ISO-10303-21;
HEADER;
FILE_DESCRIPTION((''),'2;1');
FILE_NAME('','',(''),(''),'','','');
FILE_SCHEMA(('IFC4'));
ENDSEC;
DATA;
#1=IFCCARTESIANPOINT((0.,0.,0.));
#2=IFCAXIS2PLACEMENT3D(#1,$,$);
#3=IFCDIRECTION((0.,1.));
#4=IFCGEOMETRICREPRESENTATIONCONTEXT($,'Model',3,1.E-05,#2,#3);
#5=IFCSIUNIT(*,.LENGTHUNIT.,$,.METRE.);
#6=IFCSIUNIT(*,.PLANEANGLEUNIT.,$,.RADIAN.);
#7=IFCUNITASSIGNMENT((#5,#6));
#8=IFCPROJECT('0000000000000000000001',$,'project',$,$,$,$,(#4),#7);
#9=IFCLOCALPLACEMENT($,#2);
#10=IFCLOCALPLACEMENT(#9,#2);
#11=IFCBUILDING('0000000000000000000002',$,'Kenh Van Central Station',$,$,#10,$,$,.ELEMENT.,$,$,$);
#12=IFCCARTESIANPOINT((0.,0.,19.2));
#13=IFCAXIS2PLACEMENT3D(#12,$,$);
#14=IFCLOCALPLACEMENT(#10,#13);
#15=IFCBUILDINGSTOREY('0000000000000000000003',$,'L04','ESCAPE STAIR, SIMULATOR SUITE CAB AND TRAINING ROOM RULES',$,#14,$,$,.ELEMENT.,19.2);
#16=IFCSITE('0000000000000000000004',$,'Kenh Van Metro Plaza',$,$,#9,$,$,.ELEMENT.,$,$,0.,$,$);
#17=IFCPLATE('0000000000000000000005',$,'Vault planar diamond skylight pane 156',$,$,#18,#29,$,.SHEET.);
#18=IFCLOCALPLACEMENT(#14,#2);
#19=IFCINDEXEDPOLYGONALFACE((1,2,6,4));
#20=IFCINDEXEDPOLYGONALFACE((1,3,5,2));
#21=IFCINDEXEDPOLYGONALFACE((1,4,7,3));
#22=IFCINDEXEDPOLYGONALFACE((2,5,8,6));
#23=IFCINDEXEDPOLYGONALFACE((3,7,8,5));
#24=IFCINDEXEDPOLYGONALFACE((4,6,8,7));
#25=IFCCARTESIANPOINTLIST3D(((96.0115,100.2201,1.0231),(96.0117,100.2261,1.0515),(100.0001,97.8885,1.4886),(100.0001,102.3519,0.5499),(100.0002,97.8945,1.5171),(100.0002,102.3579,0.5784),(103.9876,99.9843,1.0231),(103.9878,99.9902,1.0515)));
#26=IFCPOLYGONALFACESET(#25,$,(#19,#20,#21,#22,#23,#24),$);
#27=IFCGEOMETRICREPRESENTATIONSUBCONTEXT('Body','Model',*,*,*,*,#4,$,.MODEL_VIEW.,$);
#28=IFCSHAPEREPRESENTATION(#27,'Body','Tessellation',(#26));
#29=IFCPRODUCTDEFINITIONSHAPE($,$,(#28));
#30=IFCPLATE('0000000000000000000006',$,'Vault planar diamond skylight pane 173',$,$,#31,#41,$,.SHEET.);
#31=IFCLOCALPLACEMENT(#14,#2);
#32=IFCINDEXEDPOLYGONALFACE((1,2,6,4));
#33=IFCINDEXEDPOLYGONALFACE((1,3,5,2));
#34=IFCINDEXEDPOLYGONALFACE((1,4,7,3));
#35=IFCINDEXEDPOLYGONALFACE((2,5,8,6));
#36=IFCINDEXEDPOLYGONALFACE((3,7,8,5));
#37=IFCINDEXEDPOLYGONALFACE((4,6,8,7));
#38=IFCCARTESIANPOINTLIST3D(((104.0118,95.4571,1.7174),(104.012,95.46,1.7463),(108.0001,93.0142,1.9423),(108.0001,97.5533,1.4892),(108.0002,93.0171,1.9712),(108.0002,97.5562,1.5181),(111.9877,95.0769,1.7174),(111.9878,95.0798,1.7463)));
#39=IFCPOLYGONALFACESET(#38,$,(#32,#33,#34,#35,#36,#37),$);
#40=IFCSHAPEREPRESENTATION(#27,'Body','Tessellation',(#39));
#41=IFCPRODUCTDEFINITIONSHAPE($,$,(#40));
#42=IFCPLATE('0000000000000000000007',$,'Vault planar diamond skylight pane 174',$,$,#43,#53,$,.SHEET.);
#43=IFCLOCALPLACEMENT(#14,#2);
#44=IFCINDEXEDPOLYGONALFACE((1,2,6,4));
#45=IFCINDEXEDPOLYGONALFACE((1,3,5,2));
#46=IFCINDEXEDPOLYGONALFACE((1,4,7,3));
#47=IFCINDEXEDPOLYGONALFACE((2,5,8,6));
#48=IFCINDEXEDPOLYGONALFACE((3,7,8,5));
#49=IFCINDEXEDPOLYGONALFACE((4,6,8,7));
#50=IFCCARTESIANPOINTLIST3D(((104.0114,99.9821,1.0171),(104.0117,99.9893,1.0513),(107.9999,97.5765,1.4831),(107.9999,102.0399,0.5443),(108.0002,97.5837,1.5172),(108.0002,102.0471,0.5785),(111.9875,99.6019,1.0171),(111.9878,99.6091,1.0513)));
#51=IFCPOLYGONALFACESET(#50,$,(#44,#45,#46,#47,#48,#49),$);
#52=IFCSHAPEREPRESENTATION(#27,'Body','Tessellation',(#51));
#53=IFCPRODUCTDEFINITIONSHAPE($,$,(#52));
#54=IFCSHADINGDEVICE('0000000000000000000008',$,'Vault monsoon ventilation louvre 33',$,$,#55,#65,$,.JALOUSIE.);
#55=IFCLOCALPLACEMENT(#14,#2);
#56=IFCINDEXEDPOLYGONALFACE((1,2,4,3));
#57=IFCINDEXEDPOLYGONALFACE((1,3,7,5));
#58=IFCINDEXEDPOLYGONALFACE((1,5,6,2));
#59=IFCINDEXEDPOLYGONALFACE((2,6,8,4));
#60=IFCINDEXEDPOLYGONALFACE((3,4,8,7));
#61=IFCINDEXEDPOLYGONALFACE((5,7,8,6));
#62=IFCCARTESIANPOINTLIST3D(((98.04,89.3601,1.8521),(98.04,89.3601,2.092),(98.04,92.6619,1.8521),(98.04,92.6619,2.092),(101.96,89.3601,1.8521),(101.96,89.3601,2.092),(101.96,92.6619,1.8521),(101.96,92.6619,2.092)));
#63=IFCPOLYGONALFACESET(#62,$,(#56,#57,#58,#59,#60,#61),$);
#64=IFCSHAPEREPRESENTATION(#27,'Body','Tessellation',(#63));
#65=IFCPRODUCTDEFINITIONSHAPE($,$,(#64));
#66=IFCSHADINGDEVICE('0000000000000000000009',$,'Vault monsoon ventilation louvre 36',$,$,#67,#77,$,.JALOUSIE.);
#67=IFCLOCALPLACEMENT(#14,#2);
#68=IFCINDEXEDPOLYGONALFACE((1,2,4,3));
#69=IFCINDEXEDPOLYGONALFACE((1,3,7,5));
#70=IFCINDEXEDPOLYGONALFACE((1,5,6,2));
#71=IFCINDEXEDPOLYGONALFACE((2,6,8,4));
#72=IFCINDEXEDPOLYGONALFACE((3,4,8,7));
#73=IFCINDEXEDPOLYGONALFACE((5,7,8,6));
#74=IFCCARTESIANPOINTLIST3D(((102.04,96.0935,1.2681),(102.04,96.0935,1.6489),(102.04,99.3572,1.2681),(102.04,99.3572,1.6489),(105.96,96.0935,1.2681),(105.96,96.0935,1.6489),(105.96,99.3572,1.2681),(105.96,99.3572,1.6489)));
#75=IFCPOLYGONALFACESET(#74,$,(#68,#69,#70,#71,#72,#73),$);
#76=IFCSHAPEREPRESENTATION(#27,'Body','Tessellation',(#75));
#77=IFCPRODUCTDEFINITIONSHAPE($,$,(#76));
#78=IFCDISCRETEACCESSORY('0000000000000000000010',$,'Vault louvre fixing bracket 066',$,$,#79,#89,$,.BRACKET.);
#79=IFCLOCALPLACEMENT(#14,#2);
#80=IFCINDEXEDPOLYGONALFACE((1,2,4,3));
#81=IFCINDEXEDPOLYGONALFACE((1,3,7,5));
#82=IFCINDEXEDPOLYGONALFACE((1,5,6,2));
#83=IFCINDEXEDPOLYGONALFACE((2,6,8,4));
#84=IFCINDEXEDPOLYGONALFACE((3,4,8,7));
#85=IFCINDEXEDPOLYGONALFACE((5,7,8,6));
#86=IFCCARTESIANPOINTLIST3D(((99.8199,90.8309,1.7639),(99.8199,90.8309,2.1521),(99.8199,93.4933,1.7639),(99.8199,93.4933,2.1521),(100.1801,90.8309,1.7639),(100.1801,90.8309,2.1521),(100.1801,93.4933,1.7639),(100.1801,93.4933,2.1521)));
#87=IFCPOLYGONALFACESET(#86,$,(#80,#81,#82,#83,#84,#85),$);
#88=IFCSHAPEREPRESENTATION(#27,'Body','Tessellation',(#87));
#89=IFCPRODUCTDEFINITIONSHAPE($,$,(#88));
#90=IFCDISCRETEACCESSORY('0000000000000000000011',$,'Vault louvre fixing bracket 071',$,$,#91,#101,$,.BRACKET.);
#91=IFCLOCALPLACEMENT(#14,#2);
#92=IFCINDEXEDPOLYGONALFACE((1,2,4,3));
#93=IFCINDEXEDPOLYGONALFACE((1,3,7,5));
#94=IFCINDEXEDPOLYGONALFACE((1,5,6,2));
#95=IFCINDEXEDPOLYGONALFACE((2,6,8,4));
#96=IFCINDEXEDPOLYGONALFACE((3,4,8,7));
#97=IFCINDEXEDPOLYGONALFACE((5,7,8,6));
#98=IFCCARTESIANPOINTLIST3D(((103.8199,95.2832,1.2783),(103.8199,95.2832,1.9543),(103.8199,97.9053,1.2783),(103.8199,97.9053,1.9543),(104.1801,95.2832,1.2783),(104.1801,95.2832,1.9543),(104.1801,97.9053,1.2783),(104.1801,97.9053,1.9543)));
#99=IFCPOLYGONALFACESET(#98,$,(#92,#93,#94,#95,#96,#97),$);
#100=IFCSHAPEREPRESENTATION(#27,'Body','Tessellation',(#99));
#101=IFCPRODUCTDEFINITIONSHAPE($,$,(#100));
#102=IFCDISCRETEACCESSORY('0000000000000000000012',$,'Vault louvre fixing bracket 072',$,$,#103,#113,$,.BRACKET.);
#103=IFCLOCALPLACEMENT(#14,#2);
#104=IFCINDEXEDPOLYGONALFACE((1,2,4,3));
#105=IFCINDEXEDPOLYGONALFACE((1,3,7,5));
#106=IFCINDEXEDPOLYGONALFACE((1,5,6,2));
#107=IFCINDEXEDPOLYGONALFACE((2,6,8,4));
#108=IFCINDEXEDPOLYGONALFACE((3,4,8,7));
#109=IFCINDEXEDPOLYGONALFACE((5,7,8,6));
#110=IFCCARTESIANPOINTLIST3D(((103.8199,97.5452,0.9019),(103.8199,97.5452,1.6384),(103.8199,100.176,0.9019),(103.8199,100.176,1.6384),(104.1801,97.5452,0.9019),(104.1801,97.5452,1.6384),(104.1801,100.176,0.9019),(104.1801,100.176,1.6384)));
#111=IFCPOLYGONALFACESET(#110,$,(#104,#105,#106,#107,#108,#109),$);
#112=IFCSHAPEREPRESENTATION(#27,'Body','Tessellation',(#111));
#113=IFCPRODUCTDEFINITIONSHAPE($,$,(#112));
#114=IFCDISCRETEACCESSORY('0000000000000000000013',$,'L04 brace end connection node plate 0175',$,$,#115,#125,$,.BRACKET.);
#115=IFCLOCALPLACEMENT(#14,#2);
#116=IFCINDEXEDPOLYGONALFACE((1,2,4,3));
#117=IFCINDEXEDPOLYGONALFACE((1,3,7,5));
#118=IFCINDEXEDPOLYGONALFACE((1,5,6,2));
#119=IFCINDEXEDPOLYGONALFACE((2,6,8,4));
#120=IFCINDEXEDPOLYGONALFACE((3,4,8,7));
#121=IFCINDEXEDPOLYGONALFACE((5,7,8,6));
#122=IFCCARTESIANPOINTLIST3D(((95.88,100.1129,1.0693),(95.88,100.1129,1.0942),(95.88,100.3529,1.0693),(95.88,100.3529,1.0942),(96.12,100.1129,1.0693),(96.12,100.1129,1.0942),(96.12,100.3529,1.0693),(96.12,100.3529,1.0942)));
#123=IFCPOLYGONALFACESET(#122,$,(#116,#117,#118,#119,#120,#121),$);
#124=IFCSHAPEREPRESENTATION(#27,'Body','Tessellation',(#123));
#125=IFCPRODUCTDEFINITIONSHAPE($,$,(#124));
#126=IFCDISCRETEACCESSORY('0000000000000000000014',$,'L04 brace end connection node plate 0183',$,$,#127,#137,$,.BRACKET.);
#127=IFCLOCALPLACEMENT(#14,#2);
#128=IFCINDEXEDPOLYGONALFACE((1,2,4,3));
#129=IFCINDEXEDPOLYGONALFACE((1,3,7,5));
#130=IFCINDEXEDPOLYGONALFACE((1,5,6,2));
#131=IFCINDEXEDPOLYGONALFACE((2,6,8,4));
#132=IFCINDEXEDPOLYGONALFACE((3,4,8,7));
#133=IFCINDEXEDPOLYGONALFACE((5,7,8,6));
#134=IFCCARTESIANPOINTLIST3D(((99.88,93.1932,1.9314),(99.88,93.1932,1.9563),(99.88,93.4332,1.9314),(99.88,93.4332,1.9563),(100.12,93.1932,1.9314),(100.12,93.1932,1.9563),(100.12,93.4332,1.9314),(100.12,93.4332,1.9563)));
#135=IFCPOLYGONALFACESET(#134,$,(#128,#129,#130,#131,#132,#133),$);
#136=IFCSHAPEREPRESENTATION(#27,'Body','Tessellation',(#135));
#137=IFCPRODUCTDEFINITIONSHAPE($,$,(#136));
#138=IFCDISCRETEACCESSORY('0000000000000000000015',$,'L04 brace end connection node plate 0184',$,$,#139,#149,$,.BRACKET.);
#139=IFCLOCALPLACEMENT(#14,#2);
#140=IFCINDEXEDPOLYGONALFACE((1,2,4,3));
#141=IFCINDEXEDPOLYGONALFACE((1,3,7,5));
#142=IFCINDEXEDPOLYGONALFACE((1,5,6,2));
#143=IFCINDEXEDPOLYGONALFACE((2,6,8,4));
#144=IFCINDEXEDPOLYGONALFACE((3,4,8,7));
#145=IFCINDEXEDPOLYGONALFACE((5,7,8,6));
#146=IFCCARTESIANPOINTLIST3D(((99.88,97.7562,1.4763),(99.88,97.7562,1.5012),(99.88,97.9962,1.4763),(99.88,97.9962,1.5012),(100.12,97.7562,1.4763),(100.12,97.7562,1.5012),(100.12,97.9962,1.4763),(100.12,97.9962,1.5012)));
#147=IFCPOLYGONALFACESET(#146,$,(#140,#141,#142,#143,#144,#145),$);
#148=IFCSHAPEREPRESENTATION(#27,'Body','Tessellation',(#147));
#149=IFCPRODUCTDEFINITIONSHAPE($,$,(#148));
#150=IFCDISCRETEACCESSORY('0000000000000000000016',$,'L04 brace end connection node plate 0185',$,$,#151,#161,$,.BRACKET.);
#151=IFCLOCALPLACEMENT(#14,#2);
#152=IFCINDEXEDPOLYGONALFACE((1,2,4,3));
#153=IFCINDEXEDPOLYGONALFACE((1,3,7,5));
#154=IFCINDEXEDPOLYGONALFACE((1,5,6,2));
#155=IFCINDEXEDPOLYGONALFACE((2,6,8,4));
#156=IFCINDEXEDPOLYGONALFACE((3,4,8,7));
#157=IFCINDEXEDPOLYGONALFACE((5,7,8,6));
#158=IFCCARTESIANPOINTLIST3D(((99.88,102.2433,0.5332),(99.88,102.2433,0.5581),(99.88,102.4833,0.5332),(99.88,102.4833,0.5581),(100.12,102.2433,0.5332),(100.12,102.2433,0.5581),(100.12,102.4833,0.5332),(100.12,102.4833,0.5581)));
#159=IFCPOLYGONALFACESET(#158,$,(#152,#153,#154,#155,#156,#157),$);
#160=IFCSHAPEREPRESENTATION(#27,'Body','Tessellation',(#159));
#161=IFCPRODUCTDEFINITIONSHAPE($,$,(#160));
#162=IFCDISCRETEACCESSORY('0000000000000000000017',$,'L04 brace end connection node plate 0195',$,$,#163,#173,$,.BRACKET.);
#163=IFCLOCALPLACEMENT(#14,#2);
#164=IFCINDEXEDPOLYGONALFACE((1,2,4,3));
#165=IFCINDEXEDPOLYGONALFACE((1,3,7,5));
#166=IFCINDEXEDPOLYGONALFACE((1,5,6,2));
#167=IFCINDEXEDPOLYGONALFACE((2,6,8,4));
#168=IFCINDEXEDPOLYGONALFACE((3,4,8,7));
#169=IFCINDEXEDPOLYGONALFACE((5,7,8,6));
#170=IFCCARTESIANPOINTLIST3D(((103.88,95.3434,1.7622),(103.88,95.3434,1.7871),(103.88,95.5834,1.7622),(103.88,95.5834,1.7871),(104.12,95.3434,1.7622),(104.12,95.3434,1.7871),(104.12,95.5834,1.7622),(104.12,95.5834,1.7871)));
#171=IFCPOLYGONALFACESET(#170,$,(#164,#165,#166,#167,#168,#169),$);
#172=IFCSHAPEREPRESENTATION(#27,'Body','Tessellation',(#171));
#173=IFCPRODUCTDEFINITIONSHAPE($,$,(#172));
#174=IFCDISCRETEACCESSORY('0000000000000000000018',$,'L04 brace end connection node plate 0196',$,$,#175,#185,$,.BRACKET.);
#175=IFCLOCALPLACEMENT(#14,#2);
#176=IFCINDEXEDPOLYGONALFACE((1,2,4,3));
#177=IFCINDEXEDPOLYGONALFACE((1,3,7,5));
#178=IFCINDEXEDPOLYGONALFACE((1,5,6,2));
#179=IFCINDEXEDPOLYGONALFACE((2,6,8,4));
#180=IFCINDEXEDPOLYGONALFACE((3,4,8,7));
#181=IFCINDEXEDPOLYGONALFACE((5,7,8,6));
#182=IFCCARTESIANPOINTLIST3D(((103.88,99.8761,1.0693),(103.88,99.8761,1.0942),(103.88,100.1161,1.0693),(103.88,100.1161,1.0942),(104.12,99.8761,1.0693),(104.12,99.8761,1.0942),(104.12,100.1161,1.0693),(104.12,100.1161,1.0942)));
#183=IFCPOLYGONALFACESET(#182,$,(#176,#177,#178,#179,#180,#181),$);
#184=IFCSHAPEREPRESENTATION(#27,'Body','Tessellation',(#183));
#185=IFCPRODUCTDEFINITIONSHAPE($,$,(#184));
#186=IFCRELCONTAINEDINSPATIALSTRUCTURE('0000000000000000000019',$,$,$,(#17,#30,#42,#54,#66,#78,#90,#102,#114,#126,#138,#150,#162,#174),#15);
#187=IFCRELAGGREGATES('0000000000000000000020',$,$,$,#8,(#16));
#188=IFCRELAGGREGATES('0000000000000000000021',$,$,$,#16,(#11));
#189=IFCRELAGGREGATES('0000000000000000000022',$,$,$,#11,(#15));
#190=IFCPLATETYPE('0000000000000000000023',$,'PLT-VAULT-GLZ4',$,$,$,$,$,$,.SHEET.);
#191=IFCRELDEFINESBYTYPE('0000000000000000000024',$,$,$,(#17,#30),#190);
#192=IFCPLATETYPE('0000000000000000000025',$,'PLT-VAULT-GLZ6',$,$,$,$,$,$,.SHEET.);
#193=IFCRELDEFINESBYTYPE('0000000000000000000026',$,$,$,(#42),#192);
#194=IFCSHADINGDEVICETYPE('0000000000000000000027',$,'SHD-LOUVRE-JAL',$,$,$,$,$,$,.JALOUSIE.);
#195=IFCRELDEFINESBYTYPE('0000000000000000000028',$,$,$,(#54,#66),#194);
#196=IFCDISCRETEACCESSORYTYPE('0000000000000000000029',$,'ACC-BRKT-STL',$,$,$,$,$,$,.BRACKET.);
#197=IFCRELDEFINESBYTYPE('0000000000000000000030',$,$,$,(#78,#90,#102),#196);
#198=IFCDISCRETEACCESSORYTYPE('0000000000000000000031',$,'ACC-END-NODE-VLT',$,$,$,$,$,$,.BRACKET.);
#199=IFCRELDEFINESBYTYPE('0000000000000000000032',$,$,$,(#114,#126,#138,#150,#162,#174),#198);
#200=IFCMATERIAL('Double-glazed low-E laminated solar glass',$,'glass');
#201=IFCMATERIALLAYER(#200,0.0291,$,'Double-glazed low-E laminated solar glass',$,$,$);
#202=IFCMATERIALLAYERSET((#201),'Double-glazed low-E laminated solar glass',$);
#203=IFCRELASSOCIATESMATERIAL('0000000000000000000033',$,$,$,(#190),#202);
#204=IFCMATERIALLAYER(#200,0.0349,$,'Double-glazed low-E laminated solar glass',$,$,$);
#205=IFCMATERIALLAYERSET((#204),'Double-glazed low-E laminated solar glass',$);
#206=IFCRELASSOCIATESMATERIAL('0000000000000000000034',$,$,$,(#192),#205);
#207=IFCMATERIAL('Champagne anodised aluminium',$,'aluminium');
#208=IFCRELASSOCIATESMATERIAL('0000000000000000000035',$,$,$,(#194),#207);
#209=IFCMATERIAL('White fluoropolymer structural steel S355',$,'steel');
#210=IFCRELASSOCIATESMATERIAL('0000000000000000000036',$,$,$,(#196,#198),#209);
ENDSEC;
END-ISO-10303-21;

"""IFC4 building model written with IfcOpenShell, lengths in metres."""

from ifc_helpers import new_model, si_unit, direction, frame, origin, origin_2d, place, context, subcontext, project, spatial, polyline, rectangle, outline, extrude, material, layer, layer_set, type_object, element, save


model = new_model("IFC4")

# Units and contexts
model_context = context("Model", 3, precision=1e-05, world=origin(), true_north=direction((0.0, 1.0)))
body_context = subcontext(model_context, "Body", "Model", "MODEL_VIEW")
ifc_project = project(units=[si_unit("LENGTHUNIT", "METRE"), si_unit("PLANEANGLEUNIT", "RADIAN")], contexts=[model_context])

# Site, building, storey
site_placement = place(None, origin())
site = spatial("IfcSite", under=ifc_project, at=site_placement, Name="Kenh Van Metro Plaza", CompositionType="ELEMENT", RefElevation=0.0)
building_placement = place(site_placement, origin())
building = spatial("IfcBuilding", under=site, at=building_placement, Name="Kenh Van Central Station", CompositionType="ELEMENT")
storey_placement = place(building_placement, frame((0.0, 0.0, 19.2)))
storey = spatial("IfcBuildingStorey", under=building, at=storey_placement, Name="L04", Description="ESCAPE STAIR, SIMULATOR SUITE CAB AND TRAINING ROOM RULES", CompositionType="ELEMENT", Elevation=19.2)

# Shared definitions
ifc_material_1 = material(Name="White fluoropolymer structural steel S355", Category="steel")

# Plates
ifc_material_2 = material(Name="Double-glazed low-E laminated solar glass", Category="glass")
ifc_layer_1 = layer(ifc_material_2, 0.0291, Name="Double-glazed low-E laminated solar glass")
ifc_layer_set_1 = layer_set([ifc_layer_1], Name="Double-glazed low-E laminated solar glass")
plate_type_1 = type_object("IfcPlateType", Name="PLT-VAULT-GLZ4", PredefinedType="SHEET", material=ifc_layer_set_1)
plate_1_placement = place(storey_placement, frame((96.0117, 100.2261, 1.0515), z_axis=(0.006085, 0.20581, 0.978573), x_axis=(0.858966, -0.50212, 0.100262)))
element("IfcPlate", 1, at=plate_1_placement, inside=storey, type_object=plate_type_1, Name="Vault planar diamond skylight pane 156", PredefinedType="SHEET", context=body_context, shape_type="SweptSolid", body=[
    extrude(outline(polyline([(0.0, 0.0), (4.6434, 0.0), (6.9696, 3.8856), (2.3081, 3.9178), (0.0, 0.0)])), origin(), (0.0, 0.0, -1.0), 0.0291),
])
plate_2_placement = place(storey_placement, frame((104.012, 95.46, 1.7463), z_axis=(0.004734, 0.099333, 0.995043), x_axis=(0.851766, -0.521716, 0.048029)))
element("IfcPlate", 2, at=plate_2_placement, inside=storey, type_object=plate_type_1, Name="Vault planar diamond skylight pane 173", PredefinedType="SHEET", context=body_context, shape_type="SweptSolid", body=[
    extrude(outline(polyline([(0.0, 0.0), (4.6824, 0.0), (6.9919, 3.8565), (2.2925, 3.8855), (0.0, 0.0)])), origin(), (0.0, 0.0, -1.0), 0.0291),
])
ifc_layer_2 = layer(ifc_material_2, 0.0349, Name="Double-glazed low-E laminated solar glass")
ifc_layer_set_2 = layer_set([ifc_layer_2], Name="Double-glazed low-E laminated solar glass")
plate_type_2 = type_object("IfcPlateType", Name="PLT-VAULT-GLZ6", PredefinedType="SHEET", material=ifc_layer_set_2)
plate_3_placement = place(storey_placement, frame((104.0117, 99.9893, 1.0513), z_axis=(0.009808, 0.205804, 0.978544), x_axis=(0.852061, -0.513891, 0.099539)))
element("IfcPlate", 3, at=plate_3_placement, inside=storey, type_object=plate_type_2, Name="Vault planar diamond skylight pane 174", PredefinedType="SHEET", context=body_context, shape_type="SweptSolid", body=[
    extrude(outline(polyline([(0.0, 0.0), (4.681, 0.0), (6.9914, 3.8577), (2.2939, 3.8865), (0.0, 0.0)])), origin(), (0.0, 0.0, -1.0), 0.0349),
])

# Shading devices
ifc_material_3 = material(Name="Champagne anodised aluminium", Category="aluminium")
shading_device_type = type_object("IfcShadingDeviceType", Name="SHD-LOUVRE-JAL", PredefinedType="JALOUSIE", material=ifc_material_3)
shading_device_1_placement = place(storey_placement, frame((100.0, 91.011, 1.8521), z_axis=(0.0, 0.0, 1.0), x_axis=(1.0, 0.0, 0.0)))
element("IfcShadingDevice", 4, at=shading_device_1_placement, inside=storey, type_object=shading_device_type, Name="Vault monsoon ventilation louvre 33", PredefinedType="JALOUSIE", context=body_context, shape_type="SweptSolid", body=[
    extrude(rectangle(XDim=3.9199, YDim=3.3018, at=origin_2d()), origin(), (0.0, 0.0, 1.0), 0.24),
])
shading_device_2_placement = place(storey_placement, frame((104.0, 97.7253, 1.2681), z_axis=(0.0, 0.0, 1.0), x_axis=(1.0, 0.0, 0.0)))
element("IfcShadingDevice", 5, at=shading_device_2_placement, inside=storey, type_object=shading_device_type, Name="Vault monsoon ventilation louvre 36", PredefinedType="JALOUSIE", context=body_context, shape_type="SweptSolid", body=[
    extrude(rectangle(XDim=3.9199, YDim=3.2637, at=origin_2d()), origin(), (0.0, 0.0, 1.0), 0.3809),
])

# Discrete accessories
discrete_accessory_type_1 = type_object("IfcDiscreteAccessoryType", Name="ACC-BRKT-STL", PredefinedType="BRACKET", material=ifc_material_1)
discrete_accessory_1_placement = place(storey_placement, frame((100.0, 92.1621, 1.7639), z_axis=(0.0, 0.0, 1.0), x_axis=(1.0, 0.0, 0.0)))
element("IfcDiscreteAccessory", 6, at=discrete_accessory_1_placement, inside=storey, type_object=discrete_accessory_type_1, Name="Vault louvre fixing bracket 066", PredefinedType="BRACKET", context=body_context, shape_type="SweptSolid", body=[
    extrude(rectangle(XDim=0.3601, YDim=2.6624, at=origin_2d()), origin(), (0.0, 0.0, 1.0), 0.3882),
])
discrete_accessory_2_placement = place(storey_placement, frame((104.0, 96.5942, 1.2783), z_axis=(0.0, 0.0, 1.0), x_axis=(1.0, 0.0, 0.0)))
element("IfcDiscreteAccessory", 7, at=discrete_accessory_2_placement, inside=storey, type_object=discrete_accessory_type_1, Name="Vault louvre fixing bracket 071", PredefinedType="BRACKET", context=body_context, shape_type="SweptSolid", body=[
    extrude(rectangle(XDim=0.3601, YDim=2.6221, at=origin_2d()), origin(), (0.0, 0.0, 1.0), 0.676),
])
discrete_accessory_3_placement = place(storey_placement, frame((104.0, 98.8606, 0.9019), z_axis=(0.0, 0.0, 1.0), x_axis=(1.0, 0.0, 0.0)))
element("IfcDiscreteAccessory", 8, at=discrete_accessory_3_placement, inside=storey, type_object=discrete_accessory_type_1, Name="Vault louvre fixing bracket 072", PredefinedType="BRACKET", context=body_context, shape_type="SweptSolid", body=[
    extrude(rectangle(XDim=0.3601, YDim=2.6309, at=origin_2d()), origin(), (0.0, 0.0, 1.0), 0.7366),
])
discrete_accessory_type_2 = type_object("IfcDiscreteAccessoryType", Name="ACC-END-NODE-VLT", PredefinedType="BRACKET", material=ifc_material_1)
for number, where, z_axis, x_axis, name in (
    (9, (96.0, 100.2329, 1.0693), (0.0, 0.0, 1.0), (1.0, 0.0, 0.0), "L04 brace end connection node plate 0175"),
    (10, (100.0, 93.3132, 1.9314), (0.0, 0.0, 1.0), (1.0, 0.0, 0.0), "L04 brace end connection node plate 0183"),
    (11, (100.0, 97.8762, 1.4763), (0.0, 0.0, 1.0), (1.0, 0.0, 0.0), "L04 brace end connection node plate 0184"),
    (12, (100.0, 102.3633, 0.5332), (0.0, 0.0, 1.0), (1.0, 0.0, 0.0), "L04 brace end connection node plate 0185"),
    (13, (104.0, 95.4634, 1.7622), (0.0, 0.0, 1.0), (1.0, 0.0, 0.0), "L04 brace end connection node plate 0195"),
    (14, (104.0, 99.9961, 1.0693), (0.0, 0.0, 1.0), (1.0, 0.0, 0.0), "L04 brace end connection node plate 0196"),
):
    element("IfcDiscreteAccessory", number, at=place(storey_placement, frame(where, z_axis=z_axis, x_axis=x_axis)), inside=storey, type_object=discrete_accessory_type_2, Name=name, PredefinedType="BRACKET", context=body_context, shape_type="SweptSolid", body=[
        extrude(rectangle(XDim=0.24, YDim=0.24, at=origin_2d()), origin(), (0.0, 0.0, 1.0), 0.0249),
    ])

save(model, "model.ifc")
